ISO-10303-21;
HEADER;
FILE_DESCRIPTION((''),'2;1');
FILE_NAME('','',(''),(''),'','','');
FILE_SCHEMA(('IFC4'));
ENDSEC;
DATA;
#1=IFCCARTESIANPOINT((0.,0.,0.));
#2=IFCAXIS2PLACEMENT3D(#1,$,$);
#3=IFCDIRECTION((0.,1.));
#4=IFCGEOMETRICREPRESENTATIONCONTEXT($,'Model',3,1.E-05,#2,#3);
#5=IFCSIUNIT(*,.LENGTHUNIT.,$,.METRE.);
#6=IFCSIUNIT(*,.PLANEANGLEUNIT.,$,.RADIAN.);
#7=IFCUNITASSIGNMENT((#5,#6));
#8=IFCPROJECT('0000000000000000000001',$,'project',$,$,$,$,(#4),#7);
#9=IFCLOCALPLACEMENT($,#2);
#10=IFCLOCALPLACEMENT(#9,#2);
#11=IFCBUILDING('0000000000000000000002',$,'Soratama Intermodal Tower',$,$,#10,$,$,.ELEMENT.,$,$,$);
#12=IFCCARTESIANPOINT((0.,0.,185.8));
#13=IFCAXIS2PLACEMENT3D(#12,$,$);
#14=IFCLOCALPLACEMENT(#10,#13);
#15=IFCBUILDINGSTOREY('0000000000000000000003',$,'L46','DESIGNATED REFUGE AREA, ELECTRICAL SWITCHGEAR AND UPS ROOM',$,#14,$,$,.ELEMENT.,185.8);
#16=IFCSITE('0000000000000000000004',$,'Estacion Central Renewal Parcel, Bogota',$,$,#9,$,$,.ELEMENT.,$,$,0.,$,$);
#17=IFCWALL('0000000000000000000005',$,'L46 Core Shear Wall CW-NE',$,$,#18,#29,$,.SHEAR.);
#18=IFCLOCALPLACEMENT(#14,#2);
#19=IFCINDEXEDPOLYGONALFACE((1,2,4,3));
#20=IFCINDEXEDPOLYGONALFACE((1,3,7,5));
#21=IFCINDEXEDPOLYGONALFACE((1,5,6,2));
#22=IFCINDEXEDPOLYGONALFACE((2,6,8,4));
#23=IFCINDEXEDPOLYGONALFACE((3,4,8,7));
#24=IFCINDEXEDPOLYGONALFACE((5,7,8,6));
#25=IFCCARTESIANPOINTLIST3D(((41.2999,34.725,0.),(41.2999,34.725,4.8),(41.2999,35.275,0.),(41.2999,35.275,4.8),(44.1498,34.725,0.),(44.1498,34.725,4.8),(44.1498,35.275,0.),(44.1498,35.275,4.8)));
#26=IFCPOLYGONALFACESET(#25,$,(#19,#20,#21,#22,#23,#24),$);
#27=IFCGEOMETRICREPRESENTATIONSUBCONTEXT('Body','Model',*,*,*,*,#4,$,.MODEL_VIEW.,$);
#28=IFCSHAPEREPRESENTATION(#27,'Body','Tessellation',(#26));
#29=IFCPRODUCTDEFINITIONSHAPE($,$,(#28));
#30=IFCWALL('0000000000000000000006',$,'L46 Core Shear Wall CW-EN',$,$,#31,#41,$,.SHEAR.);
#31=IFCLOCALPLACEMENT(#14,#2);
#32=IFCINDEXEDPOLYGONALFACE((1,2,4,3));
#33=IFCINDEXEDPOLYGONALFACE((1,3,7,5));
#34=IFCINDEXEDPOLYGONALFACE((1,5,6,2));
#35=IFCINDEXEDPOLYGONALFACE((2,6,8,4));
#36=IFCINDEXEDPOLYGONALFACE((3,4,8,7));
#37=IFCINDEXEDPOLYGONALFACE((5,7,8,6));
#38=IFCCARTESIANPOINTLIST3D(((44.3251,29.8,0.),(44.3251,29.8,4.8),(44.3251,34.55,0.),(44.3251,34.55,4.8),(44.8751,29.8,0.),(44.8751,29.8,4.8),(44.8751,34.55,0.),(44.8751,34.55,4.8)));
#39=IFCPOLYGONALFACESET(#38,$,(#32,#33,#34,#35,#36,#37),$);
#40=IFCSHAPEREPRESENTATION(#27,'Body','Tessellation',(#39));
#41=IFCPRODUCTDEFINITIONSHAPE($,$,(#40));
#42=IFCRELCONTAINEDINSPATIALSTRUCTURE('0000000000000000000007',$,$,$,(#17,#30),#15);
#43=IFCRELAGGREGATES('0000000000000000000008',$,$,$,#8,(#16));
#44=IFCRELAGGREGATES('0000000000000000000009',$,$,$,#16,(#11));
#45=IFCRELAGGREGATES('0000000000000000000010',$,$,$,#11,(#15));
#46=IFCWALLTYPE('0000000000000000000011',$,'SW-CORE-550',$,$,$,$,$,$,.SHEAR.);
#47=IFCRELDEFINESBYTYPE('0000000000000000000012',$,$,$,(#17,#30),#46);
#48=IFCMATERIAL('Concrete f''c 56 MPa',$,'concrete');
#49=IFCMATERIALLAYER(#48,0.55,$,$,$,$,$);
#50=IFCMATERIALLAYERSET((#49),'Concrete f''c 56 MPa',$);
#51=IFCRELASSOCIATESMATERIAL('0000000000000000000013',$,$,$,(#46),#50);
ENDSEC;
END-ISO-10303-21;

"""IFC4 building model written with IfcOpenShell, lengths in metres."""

from ifc_helpers import new_model, si_unit, direction, frame, frame_2d, origin, place, context, subcontext, project, spatial, rectangle, extrude, material, layer, layer_set, type_object, element, save


model = new_model("IFC4")

# Units and contexts
model_context = context("Model", 3, precision=1e-05, world=origin(), true_north=direction((0.0, 1.0)))
body_context = subcontext(model_context, "Body", "Model", "MODEL_VIEW")
ifc_project = project(units=[si_unit("LENGTHUNIT", "METRE"), si_unit("PLANEANGLEUNIT", "RADIAN")], contexts=[model_context])

# Site, building, storey
site_placement = place(None, origin())
site = spatial("IfcSite", under=ifc_project, at=site_placement, Name="Estacion Central Renewal Parcel, Bogota", CompositionType="ELEMENT", RefElevation=0.0)
building_placement = place(site_placement, origin())
building = spatial("IfcBuilding", under=site, at=building_placement, Name="Soratama Intermodal Tower", CompositionType="ELEMENT")
storey_placement = place(building_placement, frame((0.0, 0.0, 185.8)))
storey = spatial("IfcBuildingStorey", under=building, at=storey_placement, Name="L46", Description="DESIGNATED REFUGE AREA, ELECTRICAL SWITCHGEAR AND UPS ROOM", CompositionType="ELEMENT", Elevation=185.8)

# Walls
ifc_material_1 = material(Name="Concrete f'c 56 MPa", Category="concrete")
ifc_layer_1 = layer(ifc_material_1, 0.55)
ifc_layer_set_1 = layer_set([ifc_layer_1], Name="Concrete f'c 56 MPa")
wall_type_1 = type_object("IfcWallType", Name="SW-CORE-550", PredefinedType="SHEAR", material=ifc_layer_set_1)
wall_1_placement = place(storey_placement, frame((41.3, 35.0, 0.0), z_axis=(0.0, 0.0, 1.0), x_axis=(1.0, 0.0, 0.0)))
element("IfcWall", 1, at=wall_1_placement, inside=storey, type_object=wall_type_1, Name="L46 Core Shear Wall CW-NE", PredefinedType="SHEAR", context=body_context, shape_type="SweptSolid", body=[
    extrude(rectangle(XDim=2.8499, YDim=0.55, at=frame_2d((1.4248, 0.0))), origin(), (0.0, 0.0, 1.0), 4.8),
])
wall_2_placement = place(storey_placement, frame((44.6001, 29.8, 0.0), z_axis=(0.0, 0.0, 1.0), x_axis=(0.0, 1.0, 0.0)))
element("IfcWall", 2, at=wall_2_placement, inside=storey, type_object=wall_type_1, Name="L46 Core Shear Wall CW-EN", PredefinedType="SHEAR", context=body_context, shape_type="SweptSolid", body=[
    extrude(rectangle(XDim=4.75, YDim=0.55, at=frame_2d((2.375, 0.0))), origin(), (0.0, 0.0, 1.0), 4.8),
])

save(model, "model.ifc")
